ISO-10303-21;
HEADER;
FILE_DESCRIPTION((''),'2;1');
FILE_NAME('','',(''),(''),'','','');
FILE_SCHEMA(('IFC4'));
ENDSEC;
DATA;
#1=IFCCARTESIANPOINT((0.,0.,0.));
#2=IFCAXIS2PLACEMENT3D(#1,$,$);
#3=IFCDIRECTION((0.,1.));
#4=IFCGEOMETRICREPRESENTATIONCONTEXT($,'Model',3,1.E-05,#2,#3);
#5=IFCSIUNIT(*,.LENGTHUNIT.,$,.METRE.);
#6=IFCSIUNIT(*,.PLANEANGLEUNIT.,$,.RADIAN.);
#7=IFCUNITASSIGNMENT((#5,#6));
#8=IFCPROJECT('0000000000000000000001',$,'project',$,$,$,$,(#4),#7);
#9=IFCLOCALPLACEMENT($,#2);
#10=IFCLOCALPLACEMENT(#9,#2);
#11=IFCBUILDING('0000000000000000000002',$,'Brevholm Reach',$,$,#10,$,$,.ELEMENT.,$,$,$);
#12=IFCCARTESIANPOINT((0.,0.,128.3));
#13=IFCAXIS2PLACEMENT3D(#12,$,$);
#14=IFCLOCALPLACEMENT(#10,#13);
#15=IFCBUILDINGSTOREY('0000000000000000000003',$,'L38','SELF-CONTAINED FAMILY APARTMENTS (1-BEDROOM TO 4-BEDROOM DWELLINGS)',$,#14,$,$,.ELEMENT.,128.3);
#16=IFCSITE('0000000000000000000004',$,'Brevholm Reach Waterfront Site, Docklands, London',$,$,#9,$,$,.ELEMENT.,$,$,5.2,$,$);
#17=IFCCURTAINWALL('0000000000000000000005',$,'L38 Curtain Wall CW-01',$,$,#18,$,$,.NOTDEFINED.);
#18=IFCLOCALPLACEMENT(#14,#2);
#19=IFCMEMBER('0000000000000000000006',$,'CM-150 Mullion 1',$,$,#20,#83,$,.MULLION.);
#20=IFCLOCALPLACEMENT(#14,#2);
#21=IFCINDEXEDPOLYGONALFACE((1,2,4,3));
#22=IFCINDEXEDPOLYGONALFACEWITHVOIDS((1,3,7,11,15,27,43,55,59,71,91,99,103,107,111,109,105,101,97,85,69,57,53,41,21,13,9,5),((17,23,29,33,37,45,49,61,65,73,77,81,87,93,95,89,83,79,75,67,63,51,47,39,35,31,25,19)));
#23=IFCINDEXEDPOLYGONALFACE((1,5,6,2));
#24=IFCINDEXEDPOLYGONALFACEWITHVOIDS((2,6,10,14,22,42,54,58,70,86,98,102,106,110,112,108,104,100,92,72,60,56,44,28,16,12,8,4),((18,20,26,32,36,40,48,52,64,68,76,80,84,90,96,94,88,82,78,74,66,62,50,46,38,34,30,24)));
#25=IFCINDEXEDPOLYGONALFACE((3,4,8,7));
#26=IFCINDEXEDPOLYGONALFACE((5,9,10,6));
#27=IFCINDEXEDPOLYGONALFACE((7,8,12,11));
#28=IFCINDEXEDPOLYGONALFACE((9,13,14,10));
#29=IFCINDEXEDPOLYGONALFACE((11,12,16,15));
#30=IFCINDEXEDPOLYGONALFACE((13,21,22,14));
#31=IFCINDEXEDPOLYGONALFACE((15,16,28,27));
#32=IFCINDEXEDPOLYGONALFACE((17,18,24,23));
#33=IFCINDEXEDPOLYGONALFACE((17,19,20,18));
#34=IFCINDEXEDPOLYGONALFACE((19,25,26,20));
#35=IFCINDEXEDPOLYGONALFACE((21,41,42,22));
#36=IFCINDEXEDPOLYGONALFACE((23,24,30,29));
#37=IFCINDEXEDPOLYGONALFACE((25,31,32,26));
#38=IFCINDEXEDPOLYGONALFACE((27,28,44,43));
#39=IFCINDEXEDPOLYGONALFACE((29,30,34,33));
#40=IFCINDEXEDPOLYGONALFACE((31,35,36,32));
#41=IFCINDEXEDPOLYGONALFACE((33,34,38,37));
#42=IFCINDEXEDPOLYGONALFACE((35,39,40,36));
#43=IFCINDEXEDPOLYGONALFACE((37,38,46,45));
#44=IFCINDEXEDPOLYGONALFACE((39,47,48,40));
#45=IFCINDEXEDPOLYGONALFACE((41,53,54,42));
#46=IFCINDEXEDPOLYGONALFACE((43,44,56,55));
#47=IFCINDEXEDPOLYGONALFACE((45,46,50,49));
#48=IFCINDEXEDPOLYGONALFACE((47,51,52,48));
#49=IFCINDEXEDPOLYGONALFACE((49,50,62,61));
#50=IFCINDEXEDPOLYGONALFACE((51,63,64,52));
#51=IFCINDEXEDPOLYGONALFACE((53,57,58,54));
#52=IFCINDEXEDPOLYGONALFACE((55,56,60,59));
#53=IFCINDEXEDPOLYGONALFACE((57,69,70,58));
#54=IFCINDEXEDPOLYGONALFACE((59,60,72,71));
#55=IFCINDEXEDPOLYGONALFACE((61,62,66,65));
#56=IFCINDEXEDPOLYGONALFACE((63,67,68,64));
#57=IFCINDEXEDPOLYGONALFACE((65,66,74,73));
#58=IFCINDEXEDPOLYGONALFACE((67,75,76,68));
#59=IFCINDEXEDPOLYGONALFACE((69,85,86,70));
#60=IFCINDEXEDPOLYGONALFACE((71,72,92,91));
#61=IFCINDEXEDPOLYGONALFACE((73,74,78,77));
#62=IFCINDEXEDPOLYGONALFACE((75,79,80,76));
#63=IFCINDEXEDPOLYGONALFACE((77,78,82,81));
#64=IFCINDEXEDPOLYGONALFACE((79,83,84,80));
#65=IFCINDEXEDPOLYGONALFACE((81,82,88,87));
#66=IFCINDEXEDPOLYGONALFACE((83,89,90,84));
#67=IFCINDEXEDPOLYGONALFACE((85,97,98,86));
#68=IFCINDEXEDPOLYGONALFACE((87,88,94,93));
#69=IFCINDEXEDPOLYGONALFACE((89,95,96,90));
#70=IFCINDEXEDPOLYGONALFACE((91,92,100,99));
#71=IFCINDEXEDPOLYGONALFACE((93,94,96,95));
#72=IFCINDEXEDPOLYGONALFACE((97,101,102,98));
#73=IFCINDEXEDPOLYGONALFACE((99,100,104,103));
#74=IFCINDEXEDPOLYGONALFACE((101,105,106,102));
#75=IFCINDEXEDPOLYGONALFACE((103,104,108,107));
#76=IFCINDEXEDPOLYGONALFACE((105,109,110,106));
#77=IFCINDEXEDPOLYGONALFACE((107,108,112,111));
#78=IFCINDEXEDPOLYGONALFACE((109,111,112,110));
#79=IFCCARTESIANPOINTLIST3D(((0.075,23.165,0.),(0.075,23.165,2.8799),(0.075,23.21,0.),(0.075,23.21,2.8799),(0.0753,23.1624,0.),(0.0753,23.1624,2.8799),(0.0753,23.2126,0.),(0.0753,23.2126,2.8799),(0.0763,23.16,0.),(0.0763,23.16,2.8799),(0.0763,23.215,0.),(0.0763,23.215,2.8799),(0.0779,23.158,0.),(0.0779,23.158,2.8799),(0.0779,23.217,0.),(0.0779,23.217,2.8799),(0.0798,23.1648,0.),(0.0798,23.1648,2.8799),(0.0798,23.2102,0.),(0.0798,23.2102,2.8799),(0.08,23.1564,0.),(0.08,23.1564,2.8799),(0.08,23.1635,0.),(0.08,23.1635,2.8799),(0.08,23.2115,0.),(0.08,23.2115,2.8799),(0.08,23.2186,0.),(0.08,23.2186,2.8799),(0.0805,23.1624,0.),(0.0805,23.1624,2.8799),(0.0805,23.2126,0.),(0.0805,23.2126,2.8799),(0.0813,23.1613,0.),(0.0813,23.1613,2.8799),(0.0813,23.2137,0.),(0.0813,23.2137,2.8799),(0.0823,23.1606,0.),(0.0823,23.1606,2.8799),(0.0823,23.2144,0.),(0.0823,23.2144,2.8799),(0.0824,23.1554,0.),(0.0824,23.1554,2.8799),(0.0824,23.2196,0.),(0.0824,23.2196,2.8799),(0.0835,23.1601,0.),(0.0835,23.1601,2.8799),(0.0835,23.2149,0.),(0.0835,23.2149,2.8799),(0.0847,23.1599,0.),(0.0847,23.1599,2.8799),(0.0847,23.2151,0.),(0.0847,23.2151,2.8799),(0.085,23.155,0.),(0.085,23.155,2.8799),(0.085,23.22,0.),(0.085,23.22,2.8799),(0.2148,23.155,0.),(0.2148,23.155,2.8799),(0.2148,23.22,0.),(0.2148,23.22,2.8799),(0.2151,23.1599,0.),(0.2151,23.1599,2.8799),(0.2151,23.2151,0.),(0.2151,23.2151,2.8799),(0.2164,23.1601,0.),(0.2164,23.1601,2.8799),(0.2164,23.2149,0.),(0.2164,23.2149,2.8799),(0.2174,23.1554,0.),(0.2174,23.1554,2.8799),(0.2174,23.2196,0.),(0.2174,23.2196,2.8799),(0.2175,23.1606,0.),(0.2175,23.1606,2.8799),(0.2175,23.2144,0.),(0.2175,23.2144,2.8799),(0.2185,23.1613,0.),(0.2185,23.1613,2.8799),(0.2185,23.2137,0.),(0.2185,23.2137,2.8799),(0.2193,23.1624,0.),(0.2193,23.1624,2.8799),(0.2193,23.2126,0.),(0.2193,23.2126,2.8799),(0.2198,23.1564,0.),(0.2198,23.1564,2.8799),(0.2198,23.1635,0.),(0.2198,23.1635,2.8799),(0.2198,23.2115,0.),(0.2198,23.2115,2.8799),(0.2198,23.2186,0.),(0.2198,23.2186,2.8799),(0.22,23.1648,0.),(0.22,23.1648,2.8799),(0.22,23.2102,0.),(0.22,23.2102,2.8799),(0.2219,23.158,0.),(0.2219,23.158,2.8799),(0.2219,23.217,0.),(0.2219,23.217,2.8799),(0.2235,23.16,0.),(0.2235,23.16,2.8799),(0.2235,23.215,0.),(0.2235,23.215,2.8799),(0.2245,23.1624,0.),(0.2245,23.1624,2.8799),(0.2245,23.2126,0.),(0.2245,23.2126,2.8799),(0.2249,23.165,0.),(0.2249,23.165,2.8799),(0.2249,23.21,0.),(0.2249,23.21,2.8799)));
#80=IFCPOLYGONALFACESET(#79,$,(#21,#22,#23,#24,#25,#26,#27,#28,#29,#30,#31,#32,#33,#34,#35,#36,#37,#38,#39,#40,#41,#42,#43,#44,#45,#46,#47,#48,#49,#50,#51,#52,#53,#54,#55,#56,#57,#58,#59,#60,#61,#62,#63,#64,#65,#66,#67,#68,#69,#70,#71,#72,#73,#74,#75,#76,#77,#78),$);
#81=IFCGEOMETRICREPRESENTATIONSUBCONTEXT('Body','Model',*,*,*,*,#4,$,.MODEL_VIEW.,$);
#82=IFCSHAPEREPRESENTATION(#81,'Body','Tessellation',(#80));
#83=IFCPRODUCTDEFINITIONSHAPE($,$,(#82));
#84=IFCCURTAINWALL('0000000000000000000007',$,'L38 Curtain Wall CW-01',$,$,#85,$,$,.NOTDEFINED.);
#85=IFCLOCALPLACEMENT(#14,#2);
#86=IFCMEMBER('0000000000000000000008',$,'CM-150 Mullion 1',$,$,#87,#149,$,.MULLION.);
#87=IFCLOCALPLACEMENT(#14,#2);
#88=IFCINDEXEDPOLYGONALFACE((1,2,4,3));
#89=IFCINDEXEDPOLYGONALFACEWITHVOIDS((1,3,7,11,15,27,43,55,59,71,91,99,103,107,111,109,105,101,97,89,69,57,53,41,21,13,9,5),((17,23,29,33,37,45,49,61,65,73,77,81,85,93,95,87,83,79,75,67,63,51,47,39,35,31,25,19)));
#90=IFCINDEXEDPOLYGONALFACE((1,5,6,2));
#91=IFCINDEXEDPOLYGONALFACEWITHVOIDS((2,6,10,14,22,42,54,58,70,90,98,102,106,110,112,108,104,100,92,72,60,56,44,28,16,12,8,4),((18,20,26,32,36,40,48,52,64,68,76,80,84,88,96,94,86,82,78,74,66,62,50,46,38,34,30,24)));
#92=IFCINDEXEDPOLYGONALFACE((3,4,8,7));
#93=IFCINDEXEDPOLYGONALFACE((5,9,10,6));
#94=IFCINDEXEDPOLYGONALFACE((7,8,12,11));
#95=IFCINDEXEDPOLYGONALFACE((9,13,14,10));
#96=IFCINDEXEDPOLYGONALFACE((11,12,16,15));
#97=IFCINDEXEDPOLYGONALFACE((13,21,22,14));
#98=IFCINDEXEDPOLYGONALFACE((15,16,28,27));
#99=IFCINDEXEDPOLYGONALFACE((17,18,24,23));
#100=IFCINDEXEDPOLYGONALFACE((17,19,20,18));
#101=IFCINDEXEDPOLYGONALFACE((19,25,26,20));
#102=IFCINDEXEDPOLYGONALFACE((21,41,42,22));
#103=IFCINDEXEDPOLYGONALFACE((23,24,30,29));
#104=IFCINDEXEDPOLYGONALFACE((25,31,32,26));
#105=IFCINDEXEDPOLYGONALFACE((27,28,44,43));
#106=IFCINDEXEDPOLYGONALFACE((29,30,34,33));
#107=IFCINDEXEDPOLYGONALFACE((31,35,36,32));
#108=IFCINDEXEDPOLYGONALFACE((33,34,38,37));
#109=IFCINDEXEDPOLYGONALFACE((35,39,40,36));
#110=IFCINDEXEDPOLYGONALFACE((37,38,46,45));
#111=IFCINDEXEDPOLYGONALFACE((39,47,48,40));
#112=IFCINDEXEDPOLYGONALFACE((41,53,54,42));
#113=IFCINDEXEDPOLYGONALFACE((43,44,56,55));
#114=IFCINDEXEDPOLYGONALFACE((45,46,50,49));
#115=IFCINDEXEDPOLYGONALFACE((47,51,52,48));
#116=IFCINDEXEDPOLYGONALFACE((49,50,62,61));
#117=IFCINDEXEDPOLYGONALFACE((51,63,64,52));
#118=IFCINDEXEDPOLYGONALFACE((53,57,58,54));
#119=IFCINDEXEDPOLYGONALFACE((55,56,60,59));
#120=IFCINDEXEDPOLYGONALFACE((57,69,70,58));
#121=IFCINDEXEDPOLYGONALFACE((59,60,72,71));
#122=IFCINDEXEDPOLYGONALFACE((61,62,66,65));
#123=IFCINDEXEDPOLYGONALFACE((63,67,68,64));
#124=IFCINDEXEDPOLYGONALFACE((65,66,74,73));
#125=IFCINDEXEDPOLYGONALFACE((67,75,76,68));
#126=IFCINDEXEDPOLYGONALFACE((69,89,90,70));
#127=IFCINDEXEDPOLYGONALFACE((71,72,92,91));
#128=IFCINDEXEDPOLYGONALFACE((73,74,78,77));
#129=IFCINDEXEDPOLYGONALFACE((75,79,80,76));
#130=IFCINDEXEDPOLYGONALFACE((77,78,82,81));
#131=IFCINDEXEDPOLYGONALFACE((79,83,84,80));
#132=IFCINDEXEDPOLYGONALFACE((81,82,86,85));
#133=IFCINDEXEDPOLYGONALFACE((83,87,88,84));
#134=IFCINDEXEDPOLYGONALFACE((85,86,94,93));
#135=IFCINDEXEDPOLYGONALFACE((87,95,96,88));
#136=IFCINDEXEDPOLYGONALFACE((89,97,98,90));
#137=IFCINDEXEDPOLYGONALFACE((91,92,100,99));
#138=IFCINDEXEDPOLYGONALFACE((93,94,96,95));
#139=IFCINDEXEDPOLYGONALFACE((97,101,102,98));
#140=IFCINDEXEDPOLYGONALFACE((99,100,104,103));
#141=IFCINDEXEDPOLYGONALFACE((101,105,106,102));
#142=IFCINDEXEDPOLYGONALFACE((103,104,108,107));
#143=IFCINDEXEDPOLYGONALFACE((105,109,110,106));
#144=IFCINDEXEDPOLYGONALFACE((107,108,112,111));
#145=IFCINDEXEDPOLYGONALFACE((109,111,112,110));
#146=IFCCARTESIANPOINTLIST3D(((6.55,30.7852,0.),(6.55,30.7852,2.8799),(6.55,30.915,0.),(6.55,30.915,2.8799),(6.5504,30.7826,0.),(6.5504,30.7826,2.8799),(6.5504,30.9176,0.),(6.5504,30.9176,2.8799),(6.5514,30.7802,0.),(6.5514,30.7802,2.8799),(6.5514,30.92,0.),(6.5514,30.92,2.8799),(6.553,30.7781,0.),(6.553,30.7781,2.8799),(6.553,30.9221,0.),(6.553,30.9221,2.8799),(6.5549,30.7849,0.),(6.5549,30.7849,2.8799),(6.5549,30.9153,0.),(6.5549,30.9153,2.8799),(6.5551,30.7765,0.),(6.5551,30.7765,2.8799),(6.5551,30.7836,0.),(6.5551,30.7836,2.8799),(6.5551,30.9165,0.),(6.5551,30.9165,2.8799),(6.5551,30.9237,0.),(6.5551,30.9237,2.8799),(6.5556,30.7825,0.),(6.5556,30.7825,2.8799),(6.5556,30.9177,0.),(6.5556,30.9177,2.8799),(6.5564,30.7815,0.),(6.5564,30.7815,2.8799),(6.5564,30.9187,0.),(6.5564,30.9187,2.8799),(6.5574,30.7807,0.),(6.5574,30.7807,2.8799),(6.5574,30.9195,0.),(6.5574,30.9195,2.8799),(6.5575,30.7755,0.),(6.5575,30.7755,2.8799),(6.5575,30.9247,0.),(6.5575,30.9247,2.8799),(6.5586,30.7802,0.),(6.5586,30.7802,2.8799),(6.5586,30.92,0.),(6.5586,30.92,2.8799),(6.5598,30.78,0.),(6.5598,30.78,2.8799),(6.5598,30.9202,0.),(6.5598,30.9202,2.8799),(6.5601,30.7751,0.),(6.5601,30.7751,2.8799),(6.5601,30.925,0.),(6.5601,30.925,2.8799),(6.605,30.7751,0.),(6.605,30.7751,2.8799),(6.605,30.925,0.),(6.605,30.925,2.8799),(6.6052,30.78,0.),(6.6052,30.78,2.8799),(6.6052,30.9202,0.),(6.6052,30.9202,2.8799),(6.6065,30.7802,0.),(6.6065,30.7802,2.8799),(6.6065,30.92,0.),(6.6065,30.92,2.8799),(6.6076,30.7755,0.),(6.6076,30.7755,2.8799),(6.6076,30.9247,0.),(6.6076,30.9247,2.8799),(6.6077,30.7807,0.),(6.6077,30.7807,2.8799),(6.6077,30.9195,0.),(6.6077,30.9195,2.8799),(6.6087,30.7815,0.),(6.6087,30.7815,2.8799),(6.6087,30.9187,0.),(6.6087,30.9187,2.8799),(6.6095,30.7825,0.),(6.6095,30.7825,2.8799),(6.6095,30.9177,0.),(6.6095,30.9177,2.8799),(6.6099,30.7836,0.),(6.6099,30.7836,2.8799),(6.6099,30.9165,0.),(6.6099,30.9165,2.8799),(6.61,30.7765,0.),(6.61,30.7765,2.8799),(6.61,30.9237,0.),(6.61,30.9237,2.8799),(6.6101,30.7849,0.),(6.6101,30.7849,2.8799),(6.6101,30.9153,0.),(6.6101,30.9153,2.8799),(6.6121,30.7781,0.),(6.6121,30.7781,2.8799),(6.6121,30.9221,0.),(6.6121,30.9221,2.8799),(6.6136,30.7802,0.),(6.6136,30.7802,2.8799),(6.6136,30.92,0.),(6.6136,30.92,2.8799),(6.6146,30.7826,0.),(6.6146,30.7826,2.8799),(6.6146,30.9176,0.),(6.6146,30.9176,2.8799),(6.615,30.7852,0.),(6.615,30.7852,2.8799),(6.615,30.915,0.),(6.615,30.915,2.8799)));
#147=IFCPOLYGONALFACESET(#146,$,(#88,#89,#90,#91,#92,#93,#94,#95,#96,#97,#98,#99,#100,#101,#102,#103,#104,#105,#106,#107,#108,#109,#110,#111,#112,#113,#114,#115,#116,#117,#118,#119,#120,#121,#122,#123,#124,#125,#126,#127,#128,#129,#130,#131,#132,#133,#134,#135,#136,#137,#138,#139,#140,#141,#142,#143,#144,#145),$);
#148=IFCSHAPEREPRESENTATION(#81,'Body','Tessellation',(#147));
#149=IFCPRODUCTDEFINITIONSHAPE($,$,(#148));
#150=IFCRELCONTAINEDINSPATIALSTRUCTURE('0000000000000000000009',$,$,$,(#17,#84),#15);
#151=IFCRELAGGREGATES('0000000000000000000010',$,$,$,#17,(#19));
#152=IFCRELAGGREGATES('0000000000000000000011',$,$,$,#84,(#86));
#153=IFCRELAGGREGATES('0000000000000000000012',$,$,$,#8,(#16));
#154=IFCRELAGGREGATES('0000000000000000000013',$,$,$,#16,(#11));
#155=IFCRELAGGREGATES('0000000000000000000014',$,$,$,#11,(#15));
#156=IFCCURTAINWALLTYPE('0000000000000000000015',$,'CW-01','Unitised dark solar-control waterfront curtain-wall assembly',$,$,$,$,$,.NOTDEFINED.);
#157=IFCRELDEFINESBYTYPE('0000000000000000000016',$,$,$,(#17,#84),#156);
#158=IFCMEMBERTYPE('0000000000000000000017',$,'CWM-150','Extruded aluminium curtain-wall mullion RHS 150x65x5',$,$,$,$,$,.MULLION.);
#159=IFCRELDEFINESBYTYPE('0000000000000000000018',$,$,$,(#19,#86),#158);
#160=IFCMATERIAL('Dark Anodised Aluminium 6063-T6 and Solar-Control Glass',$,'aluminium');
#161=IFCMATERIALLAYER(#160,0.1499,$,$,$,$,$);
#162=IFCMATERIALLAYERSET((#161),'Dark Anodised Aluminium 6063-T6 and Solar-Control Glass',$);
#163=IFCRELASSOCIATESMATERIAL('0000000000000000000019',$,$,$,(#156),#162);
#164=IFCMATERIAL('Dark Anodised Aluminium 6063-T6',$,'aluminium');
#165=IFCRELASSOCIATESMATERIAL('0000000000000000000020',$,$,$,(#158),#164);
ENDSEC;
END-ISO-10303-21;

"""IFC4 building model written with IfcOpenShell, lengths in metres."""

from ifc_helpers import new_model, si_unit, direction, frame, origin, origin_2d, place, context, subcontext, project, spatial, hollow_rectangle, extrude, material, layer, layer_set, material_profile, profile_set, type_object, element, aggregate, save


model = new_model("IFC4")

# Units and contexts
model_context = context("Model", 3, precision=1e-05, world=origin(), true_north=direction((0.0, 1.0)))
body_context = subcontext(model_context, "Body", "Model", "MODEL_VIEW")
ifc_project = project(units=[si_unit("LENGTHUNIT", "METRE"), si_unit("PLANEANGLEUNIT", "RADIAN")], contexts=[model_context])

# Site, building, storey
site_placement = place(None, origin())
site = spatial("IfcSite", under=ifc_project, at=site_placement, Name="Brevholm Reach Waterfront Site, Docklands, London", CompositionType="ELEMENT", RefElevation=5.2)
building_placement = place(site_placement, origin())
building = spatial("IfcBuilding", under=site, at=building_placement, Name="Brevholm Reach", CompositionType="ELEMENT")
storey_placement = place(building_placement, frame((0.0, 0.0, 128.3)))
storey = spatial("IfcBuildingStorey", under=building, at=storey_placement, Name="L38", Description="SELF-CONTAINED FAMILY APARTMENTS (1-BEDROOM TO 4-BEDROOM DWELLINGS)", CompositionType="ELEMENT", Elevation=128.3)

# Curtain wall, member
ifc_material_1 = material(Name="Dark Anodised Aluminium 6063-T6 and Solar-Control Glass", Category="aluminium")
ifc_layer_1 = layer(ifc_material_1, 0.1499)
ifc_layer_set_1 = layer_set([ifc_layer_1], Name="Dark Anodised Aluminium 6063-T6 and Solar-Control Glass")
curtain_wall_type = type_object("IfcCurtainWallType", Name="CW-01", Description="Unitised dark solar-control waterfront curtain-wall assembly", PredefinedType="NOTDEFINED", material=ifc_layer_set_1)
curtain_wall_1_placement = place(storey_placement, origin())
curtain_wall_1 = element("IfcCurtainWall", 1, at=curtain_wall_1_placement, inside=storey, type_object=curtain_wall_type, Name="L38 Curtain Wall CW-01", PredefinedType="NOTDEFINED")
ifc_material_2 = material(Name="Dark Anodised Aluminium 6063-T6", Category="aluminium")
ifc_material_profile_1 = material_profile(ifc_material_2, hollow_rectangle(XDim=0.0649, YDim=0.1499, WallThickness=0.0049, InnerFilletRadius=0.0049, OuterFilletRadius=0.01, at=origin_2d()), Name="RHS 150x65x5")
ifc_profile_set_1 = profile_set([ifc_material_profile_1], Name="Dark Anodised Aluminium 6063-T6")
member_type_1 = type_object("IfcMemberType", Name="CWM-150", Description="Extruded aluminium curtain-wall mullion RHS 150x65x5", PredefinedType="MULLION", material=ifc_profile_set_1)
member_1_placement = place(storey_placement, frame((0.1499, 23.1875, 0.0), z_axis=(0.0, 0.0, 1.0), x_axis=(0.0, -1.0, 0.0)))
member_1 = element("IfcMember", 2, at=member_1_placement, type_object=member_type_1, Name="CM-150 Mullion 1", PredefinedType="MULLION", context=body_context, shape_type="SweptSolid", body=[
    extrude(hollow_rectangle(XDim=0.0649, YDim=0.1499, WallThickness=0.0049, InnerFilletRadius=0.0049, OuterFilletRadius=0.01, at=origin_2d()), origin(), (0.0, 0.0, 1.0), 2.8799),
])

# Curtain wall, member
curtain_wall_2_placement = place(storey_placement, origin())
curtain_wall_2 = element("IfcCurtainWall", 3, at=curtain_wall_2_placement, inside=storey, type_object=curtain_wall_type, Name="L38 Curtain Wall CW-01", PredefinedType="NOTDEFINED")
member_2_placement = place(storey_placement, frame((6.5825, 30.8501, 0.0), z_axis=(0.0, 0.0, 1.0), x_axis=(1.0, 0.0, 0.0)))
member_2 = element("IfcMember", 4, at=member_2_placement, type_object=member_type_1, Name="CM-150 Mullion 1", PredefinedType="MULLION", context=body_context, shape_type="SweptSolid", body=[
    extrude(hollow_rectangle(XDim=0.0649, YDim=0.1499, WallThickness=0.0049, InnerFilletRadius=0.0049, OuterFilletRadius=0.01, at=origin_2d()), origin(), (0.0, 0.0, 1.0), 2.8799),
])

aggregate(curtain_wall_1, [member_1])

aggregate(curtain_wall_2, [member_2])

save(model, "model.ifc")
